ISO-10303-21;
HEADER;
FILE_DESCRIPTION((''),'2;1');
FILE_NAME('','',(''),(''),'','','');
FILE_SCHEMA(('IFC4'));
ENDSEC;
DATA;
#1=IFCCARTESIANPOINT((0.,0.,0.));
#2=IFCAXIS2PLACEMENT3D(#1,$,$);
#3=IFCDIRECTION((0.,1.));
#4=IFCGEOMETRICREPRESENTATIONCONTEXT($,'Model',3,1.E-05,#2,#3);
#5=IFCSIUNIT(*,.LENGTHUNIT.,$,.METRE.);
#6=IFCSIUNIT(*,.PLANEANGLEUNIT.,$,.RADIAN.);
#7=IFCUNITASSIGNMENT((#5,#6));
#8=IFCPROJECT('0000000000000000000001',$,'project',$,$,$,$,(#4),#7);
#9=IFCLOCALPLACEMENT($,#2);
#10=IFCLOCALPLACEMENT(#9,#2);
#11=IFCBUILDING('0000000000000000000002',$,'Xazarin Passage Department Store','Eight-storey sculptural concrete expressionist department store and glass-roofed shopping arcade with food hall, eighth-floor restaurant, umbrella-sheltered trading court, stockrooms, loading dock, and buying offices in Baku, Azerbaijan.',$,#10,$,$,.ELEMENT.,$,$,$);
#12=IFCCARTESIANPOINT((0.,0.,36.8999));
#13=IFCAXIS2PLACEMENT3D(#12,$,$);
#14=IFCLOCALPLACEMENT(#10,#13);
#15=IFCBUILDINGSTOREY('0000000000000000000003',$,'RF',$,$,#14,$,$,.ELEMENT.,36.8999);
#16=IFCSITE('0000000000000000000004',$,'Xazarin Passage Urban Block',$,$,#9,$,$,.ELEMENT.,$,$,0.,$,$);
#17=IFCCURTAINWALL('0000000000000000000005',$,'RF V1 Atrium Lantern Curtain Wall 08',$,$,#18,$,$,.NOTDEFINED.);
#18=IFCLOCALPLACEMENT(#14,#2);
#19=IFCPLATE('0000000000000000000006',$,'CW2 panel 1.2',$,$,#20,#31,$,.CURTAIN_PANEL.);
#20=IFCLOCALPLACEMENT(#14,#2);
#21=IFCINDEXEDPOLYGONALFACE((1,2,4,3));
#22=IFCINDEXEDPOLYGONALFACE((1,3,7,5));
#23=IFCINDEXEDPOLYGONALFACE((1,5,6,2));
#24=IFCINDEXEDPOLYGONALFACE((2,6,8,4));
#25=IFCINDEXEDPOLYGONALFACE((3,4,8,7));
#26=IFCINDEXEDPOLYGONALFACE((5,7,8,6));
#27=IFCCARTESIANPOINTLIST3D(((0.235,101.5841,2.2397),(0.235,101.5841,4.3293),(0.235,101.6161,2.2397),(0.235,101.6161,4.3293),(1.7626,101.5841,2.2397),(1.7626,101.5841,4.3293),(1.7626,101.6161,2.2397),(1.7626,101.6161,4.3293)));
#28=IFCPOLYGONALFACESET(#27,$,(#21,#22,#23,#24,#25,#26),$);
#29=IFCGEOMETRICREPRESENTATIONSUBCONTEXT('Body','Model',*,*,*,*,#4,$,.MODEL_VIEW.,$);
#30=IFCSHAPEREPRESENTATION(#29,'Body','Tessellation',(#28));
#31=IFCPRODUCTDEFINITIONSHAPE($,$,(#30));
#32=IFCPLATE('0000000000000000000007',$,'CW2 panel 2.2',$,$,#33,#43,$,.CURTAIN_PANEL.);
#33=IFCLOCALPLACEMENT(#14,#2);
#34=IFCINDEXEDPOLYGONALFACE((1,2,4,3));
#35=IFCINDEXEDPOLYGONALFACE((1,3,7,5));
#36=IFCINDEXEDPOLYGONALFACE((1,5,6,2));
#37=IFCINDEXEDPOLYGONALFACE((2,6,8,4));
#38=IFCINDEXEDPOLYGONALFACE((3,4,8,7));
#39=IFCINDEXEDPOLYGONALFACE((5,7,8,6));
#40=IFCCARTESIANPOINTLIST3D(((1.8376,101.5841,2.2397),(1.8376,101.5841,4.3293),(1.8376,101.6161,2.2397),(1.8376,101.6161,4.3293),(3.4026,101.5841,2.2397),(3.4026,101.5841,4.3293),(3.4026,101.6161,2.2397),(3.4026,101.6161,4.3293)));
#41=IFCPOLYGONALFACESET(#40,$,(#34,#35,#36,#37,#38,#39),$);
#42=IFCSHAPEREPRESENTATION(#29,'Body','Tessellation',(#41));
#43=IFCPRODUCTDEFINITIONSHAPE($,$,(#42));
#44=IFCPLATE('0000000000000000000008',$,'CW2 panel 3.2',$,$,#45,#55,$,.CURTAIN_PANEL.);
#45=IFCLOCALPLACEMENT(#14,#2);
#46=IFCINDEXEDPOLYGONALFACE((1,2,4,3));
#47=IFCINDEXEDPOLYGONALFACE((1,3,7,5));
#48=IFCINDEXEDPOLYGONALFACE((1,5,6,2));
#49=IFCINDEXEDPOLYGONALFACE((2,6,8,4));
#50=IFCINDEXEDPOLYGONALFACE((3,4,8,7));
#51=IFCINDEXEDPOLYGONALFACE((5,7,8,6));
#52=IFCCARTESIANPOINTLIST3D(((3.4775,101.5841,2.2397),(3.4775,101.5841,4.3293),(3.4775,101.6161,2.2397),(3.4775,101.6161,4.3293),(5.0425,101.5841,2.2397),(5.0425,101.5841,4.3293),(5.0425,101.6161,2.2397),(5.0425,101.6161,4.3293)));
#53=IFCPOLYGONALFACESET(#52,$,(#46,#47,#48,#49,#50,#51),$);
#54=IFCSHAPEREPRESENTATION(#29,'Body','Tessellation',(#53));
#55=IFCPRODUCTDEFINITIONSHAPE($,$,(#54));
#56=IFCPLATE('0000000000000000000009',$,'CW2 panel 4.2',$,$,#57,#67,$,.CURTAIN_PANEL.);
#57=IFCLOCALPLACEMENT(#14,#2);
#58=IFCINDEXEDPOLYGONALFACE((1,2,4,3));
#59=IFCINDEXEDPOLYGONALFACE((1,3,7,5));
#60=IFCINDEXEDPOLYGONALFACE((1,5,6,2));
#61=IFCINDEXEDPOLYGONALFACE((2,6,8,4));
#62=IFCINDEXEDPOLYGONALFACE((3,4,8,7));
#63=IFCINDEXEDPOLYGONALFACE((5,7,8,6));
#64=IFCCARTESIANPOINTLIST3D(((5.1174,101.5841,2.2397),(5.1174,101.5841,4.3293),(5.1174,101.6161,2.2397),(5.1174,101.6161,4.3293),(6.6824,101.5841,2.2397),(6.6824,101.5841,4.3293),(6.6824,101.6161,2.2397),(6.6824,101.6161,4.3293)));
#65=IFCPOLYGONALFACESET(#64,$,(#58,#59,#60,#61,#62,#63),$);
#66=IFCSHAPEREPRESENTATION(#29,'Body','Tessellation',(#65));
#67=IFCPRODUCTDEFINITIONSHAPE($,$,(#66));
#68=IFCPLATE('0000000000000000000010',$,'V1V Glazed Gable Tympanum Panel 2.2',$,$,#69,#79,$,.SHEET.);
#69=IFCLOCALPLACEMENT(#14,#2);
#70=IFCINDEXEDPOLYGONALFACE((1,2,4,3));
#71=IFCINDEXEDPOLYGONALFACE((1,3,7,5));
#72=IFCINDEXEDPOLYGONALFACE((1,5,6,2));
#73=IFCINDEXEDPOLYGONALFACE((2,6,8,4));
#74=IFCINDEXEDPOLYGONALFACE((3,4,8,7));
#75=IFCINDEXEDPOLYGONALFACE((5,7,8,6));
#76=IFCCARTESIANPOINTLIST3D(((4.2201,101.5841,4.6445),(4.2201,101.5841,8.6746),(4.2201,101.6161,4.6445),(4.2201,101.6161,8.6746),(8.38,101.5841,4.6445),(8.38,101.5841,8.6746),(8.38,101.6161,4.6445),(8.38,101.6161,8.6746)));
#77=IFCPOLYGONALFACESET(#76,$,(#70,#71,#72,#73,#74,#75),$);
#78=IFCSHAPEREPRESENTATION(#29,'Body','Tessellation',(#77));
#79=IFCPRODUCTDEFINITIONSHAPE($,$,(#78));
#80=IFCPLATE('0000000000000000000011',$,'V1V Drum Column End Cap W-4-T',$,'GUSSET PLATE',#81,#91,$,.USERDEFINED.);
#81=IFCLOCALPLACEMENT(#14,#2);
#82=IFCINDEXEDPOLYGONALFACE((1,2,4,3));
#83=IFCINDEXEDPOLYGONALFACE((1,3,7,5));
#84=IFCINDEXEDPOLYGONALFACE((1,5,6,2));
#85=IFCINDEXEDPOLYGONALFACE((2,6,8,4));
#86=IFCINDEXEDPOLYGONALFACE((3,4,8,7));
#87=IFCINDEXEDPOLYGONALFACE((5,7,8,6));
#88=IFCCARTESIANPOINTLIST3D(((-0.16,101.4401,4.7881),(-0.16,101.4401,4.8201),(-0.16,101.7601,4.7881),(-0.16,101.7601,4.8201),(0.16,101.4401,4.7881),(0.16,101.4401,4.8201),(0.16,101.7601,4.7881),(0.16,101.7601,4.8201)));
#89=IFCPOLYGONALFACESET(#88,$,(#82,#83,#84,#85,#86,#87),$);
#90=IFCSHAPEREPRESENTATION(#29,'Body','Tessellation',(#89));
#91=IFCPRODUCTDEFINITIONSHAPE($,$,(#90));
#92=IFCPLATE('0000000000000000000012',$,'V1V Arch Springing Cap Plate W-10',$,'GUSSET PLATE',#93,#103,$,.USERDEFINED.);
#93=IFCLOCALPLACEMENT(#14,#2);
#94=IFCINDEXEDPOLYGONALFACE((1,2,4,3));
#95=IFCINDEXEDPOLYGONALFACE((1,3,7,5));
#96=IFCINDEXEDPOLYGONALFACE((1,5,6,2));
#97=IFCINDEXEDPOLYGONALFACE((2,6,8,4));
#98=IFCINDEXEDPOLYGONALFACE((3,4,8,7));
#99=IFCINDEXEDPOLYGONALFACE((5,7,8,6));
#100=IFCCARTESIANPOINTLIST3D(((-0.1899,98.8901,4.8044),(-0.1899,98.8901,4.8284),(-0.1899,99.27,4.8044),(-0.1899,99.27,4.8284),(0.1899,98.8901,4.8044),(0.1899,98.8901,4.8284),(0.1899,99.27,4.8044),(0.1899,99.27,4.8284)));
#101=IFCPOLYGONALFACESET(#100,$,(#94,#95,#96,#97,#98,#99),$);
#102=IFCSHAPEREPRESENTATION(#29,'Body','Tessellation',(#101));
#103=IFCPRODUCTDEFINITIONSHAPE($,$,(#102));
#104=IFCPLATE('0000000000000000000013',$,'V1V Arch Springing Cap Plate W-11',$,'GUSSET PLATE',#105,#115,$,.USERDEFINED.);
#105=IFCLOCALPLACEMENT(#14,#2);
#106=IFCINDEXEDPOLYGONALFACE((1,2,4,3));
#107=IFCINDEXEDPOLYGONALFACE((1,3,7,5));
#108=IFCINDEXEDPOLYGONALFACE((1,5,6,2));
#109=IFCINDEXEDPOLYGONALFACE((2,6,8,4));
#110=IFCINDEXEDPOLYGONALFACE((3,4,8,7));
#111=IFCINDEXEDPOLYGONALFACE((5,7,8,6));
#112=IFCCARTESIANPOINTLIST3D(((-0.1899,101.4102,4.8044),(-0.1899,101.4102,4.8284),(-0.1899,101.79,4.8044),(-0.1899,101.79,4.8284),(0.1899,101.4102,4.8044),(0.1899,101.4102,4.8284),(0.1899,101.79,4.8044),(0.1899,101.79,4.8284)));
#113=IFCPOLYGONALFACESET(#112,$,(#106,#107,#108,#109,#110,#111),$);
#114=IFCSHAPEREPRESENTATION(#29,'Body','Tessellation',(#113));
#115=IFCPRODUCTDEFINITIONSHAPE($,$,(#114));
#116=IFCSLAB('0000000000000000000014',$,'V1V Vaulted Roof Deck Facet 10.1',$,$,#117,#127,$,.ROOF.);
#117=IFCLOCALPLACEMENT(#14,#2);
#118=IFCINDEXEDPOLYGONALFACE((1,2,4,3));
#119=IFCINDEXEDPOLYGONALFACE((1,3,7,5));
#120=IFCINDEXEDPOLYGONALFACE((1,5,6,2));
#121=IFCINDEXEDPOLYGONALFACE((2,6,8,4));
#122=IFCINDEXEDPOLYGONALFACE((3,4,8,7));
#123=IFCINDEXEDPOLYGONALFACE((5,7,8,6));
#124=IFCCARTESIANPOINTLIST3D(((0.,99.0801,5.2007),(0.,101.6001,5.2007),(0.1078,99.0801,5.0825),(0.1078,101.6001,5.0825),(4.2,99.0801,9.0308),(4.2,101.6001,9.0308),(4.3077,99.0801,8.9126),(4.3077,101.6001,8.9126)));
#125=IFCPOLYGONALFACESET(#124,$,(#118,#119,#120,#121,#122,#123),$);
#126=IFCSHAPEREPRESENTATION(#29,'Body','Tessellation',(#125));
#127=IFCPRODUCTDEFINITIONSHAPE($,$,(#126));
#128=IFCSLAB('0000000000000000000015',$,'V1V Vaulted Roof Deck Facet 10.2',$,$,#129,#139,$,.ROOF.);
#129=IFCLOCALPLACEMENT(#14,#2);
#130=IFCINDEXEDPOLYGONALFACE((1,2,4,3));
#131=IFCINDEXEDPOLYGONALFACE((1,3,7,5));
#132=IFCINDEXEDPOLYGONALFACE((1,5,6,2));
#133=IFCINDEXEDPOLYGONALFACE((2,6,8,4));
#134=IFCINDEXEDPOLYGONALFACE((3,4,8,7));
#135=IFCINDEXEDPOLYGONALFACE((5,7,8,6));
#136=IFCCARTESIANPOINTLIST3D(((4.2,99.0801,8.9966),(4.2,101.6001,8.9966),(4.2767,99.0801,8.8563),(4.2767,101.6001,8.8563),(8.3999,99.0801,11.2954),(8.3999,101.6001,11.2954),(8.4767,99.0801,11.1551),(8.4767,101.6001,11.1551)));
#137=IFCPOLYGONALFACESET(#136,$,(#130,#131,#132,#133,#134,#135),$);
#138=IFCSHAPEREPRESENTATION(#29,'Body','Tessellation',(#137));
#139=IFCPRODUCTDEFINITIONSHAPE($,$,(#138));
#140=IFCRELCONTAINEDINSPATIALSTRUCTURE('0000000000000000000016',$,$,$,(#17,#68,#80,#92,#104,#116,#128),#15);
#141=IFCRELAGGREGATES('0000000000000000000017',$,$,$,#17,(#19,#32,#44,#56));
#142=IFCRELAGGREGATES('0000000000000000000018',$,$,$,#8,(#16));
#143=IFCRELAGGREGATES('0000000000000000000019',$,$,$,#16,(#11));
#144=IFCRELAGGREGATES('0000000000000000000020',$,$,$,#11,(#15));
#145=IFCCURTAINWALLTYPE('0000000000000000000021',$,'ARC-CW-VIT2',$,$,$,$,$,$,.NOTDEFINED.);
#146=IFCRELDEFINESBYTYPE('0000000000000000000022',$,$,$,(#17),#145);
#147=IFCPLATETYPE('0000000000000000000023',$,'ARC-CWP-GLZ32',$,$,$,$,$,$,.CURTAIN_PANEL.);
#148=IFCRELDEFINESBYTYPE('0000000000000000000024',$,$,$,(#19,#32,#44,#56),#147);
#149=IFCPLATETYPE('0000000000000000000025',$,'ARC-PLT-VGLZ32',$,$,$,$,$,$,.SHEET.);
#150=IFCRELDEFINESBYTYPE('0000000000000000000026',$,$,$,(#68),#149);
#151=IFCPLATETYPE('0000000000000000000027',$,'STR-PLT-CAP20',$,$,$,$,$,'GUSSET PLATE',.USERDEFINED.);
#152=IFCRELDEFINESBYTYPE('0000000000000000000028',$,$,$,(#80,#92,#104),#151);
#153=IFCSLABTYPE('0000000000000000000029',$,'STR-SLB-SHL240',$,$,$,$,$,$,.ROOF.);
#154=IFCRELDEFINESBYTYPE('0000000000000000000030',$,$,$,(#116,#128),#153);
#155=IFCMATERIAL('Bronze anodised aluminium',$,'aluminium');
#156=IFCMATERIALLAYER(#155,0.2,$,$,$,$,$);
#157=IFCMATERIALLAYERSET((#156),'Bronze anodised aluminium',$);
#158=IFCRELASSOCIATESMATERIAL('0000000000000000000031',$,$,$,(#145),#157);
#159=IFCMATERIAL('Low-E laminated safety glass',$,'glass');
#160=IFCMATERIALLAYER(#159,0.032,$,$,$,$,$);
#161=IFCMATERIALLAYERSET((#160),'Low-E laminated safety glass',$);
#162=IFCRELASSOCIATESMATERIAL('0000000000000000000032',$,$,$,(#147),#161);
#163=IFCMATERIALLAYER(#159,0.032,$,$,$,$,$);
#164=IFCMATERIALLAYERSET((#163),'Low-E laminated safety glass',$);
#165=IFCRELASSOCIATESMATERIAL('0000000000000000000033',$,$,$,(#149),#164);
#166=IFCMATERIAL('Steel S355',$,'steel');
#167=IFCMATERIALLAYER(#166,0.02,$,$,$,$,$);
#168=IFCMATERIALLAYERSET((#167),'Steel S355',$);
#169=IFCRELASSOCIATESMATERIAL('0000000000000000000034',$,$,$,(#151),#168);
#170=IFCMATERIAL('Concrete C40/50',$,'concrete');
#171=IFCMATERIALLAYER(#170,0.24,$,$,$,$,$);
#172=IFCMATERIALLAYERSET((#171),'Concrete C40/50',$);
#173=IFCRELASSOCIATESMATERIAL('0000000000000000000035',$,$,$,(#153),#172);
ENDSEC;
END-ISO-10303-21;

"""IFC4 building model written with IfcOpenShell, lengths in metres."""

from ifc_helpers import new_model, si_unit, direction, frame, origin, origin_2d, place, context, subcontext, project, spatial, polyline, rectangle, outline, extrude, material, layer, layer_set, type_object, element, aggregate, save


model = new_model("IFC4")

# Units and contexts
model_context = context("Model", 3, precision=1e-05, world=origin(), true_north=direction((0.0, 1.0)))
body_context = subcontext(model_context, "Body", "Model", "MODEL_VIEW")
ifc_project = project(units=[si_unit("LENGTHUNIT", "METRE"), si_unit("PLANEANGLEUNIT", "RADIAN")], contexts=[model_context])

# Site, building, storey
site_placement = place(None, origin())
site = spatial("IfcSite", under=ifc_project, at=site_placement, Name="Xazarin Passage Urban Block", CompositionType="ELEMENT", RefElevation=0.0)
building_placement = place(site_placement, origin())
building = spatial("IfcBuilding", under=site, at=building_placement, Name="Xazarin Passage Department Store", Description="Eight-storey sculptural concrete expressionist department store and glass-roofed shopping arcade with food hall, eighth-floor restaurant, umbrella-sheltered trading court, stockrooms, loading dock, and buying offices in Baku, Azerbaijan.", CompositionType="ELEMENT")
storey_placement = place(building_placement, frame((0.0, 0.0, 36.8999)))
storey = spatial("IfcBuildingStorey", under=building, at=storey_placement, Name="RF", CompositionType="ELEMENT", Elevation=36.8999)

# Shared definitions
ifc_material_1 = material(Name="Bronze anodised aluminium", Category="aluminium")
ifc_layer_1 = layer(ifc_material_1, 0.2)
ifc_layer_set_1 = layer_set([ifc_layer_1], Name="Bronze anodised aluminium")
curtain_wall_type = type_object("IfcCurtainWallType", Name="ARC-CW-VIT2", PredefinedType="NOTDEFINED", material=ifc_layer_set_1)

# Curtain wall
curtain_wall_1_placement = place(storey_placement, origin())
curtain_wall_1 = element("IfcCurtainWall", 1, at=curtain_wall_1_placement, inside=storey, type_object=curtain_wall_type, Name="RF V1 Atrium Lantern Curtain Wall 08", PredefinedType="NOTDEFINED")

# Shared definitions
ifc_material_2 = material(Name="Steel S355", Category="steel")

# Plates
ifc_material_3 = material(Name="Low-E laminated safety glass", Category="glass")
ifc_layer_2 = layer(ifc_material_3, 0.032)
ifc_layer_set_2 = layer_set([ifc_layer_2], Name="Low-E laminated safety glass")
plate_type_1 = type_object("IfcPlateType", Name="ARC-CWP-GLZ32", PredefinedType="CURTAIN_PANEL", material=ifc_layer_set_2)
plate_1_placement = place(storey_placement, frame((0.9988, 101.6001, 2.2397), z_axis=(0.0, 0.0, 1.0), x_axis=(1.0, 0.0, 0.0)))
plate_1 = element("IfcPlate", 2, at=plate_1_placement, type_object=plate_type_1, Name="CW2 panel 1.2", PredefinedType="CURTAIN_PANEL", context=body_context, shape_type="SweptSolid", body=[
    extrude(rectangle(XDim=1.5276, YDim=0.032, at=origin_2d()), origin(), (0.0, 0.0, 1.0), 2.0896),
])
plate_2_placement = place(storey_placement, frame((2.6201, 101.6001, 2.2397), z_axis=(0.0, 0.0, 1.0), x_axis=(1.0, 0.0, 0.0)))
plate_2 = element("IfcPlate", 3, at=plate_2_placement, type_object=plate_type_1, Name="CW2 panel 2.2", PredefinedType="CURTAIN_PANEL", context=body_context, shape_type="SweptSolid", body=[
    extrude(rectangle(XDim=1.5649, YDim=0.032, at=origin_2d()), origin(), (0.0, 0.0, 1.0), 2.0896),
])
plate_3_placement = place(storey_placement, frame((4.26, 101.6001, 2.2397), z_axis=(0.0, 0.0, 1.0), x_axis=(1.0, 0.0, 0.0)))
plate_3 = element("IfcPlate", 4, at=plate_3_placement, type_object=plate_type_1, Name="CW2 panel 3.2", PredefinedType="CURTAIN_PANEL", context=body_context, shape_type="SweptSolid", body=[
    extrude(rectangle(XDim=1.5649, YDim=0.032, at=origin_2d()), origin(), (0.0, 0.0, 1.0), 2.0896),
])
plate_4_placement = place(storey_placement, frame((5.8999, 101.6001, 2.2397), z_axis=(0.0, 0.0, 1.0), x_axis=(1.0, 0.0, 0.0)))
plate_4 = element("IfcPlate", 5, at=plate_4_placement, type_object=plate_type_1, Name="CW2 panel 4.2", PredefinedType="CURTAIN_PANEL", context=body_context, shape_type="SweptSolid", body=[
    extrude(rectangle(XDim=1.5649, YDim=0.032, at=origin_2d()), origin(), (0.0, 0.0, 1.0), 2.0896),
])
aggregate(curtain_wall_1, [plate_1, plate_2, plate_3, plate_4])

# Plates
ifc_layer_3 = layer(ifc_material_3, 0.032)
ifc_layer_set_3 = layer_set([ifc_layer_3], Name="Low-E laminated safety glass")
plate_type_2 = type_object("IfcPlateType", Name="ARC-PLT-VGLZ32", PredefinedType="SHEET", material=ifc_layer_set_3)
plate_5_placement = place(storey_placement, frame((6.3, 101.6001, 4.6445), z_axis=(0.0, 0.0, 1.0), x_axis=(1.0, 0.0, 0.0)))
element("IfcPlate", 6, at=plate_5_placement, inside=storey, type_object=plate_type_2, Name="V1V Glazed Gable Tympanum Panel 2.2", PredefinedType="SHEET", context=body_context, shape_type="SweptSolid", body=[
    extrude(rectangle(XDim=4.1599, YDim=0.032, at=origin_2d()), origin(), (0.0, 0.0, 1.0), 4.03),
])
ifc_layer_4 = layer(ifc_material_2, 0.02)
ifc_layer_set_4 = layer_set([ifc_layer_4], Name="Steel S355")
plate_type_3 = type_object("IfcPlateType", Name="STR-PLT-CAP20", ElementType="GUSSET PLATE", PredefinedType="USERDEFINED", material=ifc_layer_set_4)
plate_6_placement = place(storey_placement, frame((0.0, 101.6001, 4.7881), z_axis=(0.0, 0.0, 1.0), x_axis=(1.0, 0.0, 0.0)))
element("IfcPlate", 7, at=plate_6_placement, inside=storey, type_object=plate_type_3, Name="V1V Drum Column End Cap W-4-T", ObjectType="GUSSET PLATE", PredefinedType="USERDEFINED", context=body_context, shape_type="SweptSolid", body=[
    extrude(rectangle(XDim=0.3201, YDim=0.3201, at=origin_2d()), origin(), (0.0, 0.0, 1.0), 0.032),
])
for number, where, z_axis, x_axis, name in (
    (8, (0.0, 99.0801, 4.8044), (0.0, 0.0, 1.0), (1.0, 0.0, 0.0), "V1V Arch Springing Cap Plate W-10"),
    (9, (0.0, 101.6001, 4.8044), (0.0, 0.0, 1.0), (1.0, 0.0, 0.0), "V1V Arch Springing Cap Plate W-11"),
):
    element("IfcPlate", number, at=place(storey_placement, frame(where, z_axis=z_axis, x_axis=x_axis)), inside=storey, type_object=plate_type_3, Name=name, ObjectType="GUSSET PLATE", PredefinedType="USERDEFINED", context=body_context, shape_type="SweptSolid", body=[
        extrude(rectangle(XDim=0.3799, YDim=0.3799, at=origin_2d()), origin(), (0.0, 0.0, 1.0), 0.0239),
    ])

# Slabs
ifc_material_4 = material(Name="Concrete C40/50", Category="concrete")
ifc_layer_5 = layer(ifc_material_4, 0.24)
ifc_layer_set_5 = layer_set([ifc_layer_5], Name="Concrete C40/50")
slab_type = type_object("IfcSlabType", Name="STR-SLB-SHL240", PredefinedType="ROOF", material=ifc_layer_set_5)
slab_1_placement = place(storey_placement, frame((0.0, 99.0801, 5.2007), z_axis=(-0.673822, 0.0, 0.738894), x_axis=(0.738894, 0.0, 0.673822)))
element("IfcSlab", 10, at=slab_1_placement, inside=storey, type_object=slab_type, Name="V1V Vaulted Roof Deck Facet 10.1", PredefinedType="ROOF", context=body_context, shape_type="SweptSolid", body=[
    extrude(outline(polyline([(0.0, 0.0), (5.6841, 0.0), (5.6841, 2.52), (0.0, 2.52), (0.0, 0.0)])), origin(), (0.0, 0.0, -1.0), 0.1599),
])
slab_2_placement = place(storey_placement, frame((4.2, 99.0801, 8.9966), z_axis=(-0.480131, 0.0, 0.877197), x_axis=(0.877197, 0.0, 0.480131)))
element("IfcSlab", 11, at=slab_2_placement, inside=storey, type_object=slab_type, Name="V1V Vaulted Roof Deck Facet 10.2", PredefinedType="ROOF", context=body_context, shape_type="SweptSolid", body=[
    extrude(outline(polyline([(0.0, 0.0), (4.7879, 0.0), (4.7879, 2.52), (0.0, 2.52), (0.0, 0.0)])), origin(), (0.0, 0.0, -1.0), 0.1599),
])

save(model, "model.ifc")
